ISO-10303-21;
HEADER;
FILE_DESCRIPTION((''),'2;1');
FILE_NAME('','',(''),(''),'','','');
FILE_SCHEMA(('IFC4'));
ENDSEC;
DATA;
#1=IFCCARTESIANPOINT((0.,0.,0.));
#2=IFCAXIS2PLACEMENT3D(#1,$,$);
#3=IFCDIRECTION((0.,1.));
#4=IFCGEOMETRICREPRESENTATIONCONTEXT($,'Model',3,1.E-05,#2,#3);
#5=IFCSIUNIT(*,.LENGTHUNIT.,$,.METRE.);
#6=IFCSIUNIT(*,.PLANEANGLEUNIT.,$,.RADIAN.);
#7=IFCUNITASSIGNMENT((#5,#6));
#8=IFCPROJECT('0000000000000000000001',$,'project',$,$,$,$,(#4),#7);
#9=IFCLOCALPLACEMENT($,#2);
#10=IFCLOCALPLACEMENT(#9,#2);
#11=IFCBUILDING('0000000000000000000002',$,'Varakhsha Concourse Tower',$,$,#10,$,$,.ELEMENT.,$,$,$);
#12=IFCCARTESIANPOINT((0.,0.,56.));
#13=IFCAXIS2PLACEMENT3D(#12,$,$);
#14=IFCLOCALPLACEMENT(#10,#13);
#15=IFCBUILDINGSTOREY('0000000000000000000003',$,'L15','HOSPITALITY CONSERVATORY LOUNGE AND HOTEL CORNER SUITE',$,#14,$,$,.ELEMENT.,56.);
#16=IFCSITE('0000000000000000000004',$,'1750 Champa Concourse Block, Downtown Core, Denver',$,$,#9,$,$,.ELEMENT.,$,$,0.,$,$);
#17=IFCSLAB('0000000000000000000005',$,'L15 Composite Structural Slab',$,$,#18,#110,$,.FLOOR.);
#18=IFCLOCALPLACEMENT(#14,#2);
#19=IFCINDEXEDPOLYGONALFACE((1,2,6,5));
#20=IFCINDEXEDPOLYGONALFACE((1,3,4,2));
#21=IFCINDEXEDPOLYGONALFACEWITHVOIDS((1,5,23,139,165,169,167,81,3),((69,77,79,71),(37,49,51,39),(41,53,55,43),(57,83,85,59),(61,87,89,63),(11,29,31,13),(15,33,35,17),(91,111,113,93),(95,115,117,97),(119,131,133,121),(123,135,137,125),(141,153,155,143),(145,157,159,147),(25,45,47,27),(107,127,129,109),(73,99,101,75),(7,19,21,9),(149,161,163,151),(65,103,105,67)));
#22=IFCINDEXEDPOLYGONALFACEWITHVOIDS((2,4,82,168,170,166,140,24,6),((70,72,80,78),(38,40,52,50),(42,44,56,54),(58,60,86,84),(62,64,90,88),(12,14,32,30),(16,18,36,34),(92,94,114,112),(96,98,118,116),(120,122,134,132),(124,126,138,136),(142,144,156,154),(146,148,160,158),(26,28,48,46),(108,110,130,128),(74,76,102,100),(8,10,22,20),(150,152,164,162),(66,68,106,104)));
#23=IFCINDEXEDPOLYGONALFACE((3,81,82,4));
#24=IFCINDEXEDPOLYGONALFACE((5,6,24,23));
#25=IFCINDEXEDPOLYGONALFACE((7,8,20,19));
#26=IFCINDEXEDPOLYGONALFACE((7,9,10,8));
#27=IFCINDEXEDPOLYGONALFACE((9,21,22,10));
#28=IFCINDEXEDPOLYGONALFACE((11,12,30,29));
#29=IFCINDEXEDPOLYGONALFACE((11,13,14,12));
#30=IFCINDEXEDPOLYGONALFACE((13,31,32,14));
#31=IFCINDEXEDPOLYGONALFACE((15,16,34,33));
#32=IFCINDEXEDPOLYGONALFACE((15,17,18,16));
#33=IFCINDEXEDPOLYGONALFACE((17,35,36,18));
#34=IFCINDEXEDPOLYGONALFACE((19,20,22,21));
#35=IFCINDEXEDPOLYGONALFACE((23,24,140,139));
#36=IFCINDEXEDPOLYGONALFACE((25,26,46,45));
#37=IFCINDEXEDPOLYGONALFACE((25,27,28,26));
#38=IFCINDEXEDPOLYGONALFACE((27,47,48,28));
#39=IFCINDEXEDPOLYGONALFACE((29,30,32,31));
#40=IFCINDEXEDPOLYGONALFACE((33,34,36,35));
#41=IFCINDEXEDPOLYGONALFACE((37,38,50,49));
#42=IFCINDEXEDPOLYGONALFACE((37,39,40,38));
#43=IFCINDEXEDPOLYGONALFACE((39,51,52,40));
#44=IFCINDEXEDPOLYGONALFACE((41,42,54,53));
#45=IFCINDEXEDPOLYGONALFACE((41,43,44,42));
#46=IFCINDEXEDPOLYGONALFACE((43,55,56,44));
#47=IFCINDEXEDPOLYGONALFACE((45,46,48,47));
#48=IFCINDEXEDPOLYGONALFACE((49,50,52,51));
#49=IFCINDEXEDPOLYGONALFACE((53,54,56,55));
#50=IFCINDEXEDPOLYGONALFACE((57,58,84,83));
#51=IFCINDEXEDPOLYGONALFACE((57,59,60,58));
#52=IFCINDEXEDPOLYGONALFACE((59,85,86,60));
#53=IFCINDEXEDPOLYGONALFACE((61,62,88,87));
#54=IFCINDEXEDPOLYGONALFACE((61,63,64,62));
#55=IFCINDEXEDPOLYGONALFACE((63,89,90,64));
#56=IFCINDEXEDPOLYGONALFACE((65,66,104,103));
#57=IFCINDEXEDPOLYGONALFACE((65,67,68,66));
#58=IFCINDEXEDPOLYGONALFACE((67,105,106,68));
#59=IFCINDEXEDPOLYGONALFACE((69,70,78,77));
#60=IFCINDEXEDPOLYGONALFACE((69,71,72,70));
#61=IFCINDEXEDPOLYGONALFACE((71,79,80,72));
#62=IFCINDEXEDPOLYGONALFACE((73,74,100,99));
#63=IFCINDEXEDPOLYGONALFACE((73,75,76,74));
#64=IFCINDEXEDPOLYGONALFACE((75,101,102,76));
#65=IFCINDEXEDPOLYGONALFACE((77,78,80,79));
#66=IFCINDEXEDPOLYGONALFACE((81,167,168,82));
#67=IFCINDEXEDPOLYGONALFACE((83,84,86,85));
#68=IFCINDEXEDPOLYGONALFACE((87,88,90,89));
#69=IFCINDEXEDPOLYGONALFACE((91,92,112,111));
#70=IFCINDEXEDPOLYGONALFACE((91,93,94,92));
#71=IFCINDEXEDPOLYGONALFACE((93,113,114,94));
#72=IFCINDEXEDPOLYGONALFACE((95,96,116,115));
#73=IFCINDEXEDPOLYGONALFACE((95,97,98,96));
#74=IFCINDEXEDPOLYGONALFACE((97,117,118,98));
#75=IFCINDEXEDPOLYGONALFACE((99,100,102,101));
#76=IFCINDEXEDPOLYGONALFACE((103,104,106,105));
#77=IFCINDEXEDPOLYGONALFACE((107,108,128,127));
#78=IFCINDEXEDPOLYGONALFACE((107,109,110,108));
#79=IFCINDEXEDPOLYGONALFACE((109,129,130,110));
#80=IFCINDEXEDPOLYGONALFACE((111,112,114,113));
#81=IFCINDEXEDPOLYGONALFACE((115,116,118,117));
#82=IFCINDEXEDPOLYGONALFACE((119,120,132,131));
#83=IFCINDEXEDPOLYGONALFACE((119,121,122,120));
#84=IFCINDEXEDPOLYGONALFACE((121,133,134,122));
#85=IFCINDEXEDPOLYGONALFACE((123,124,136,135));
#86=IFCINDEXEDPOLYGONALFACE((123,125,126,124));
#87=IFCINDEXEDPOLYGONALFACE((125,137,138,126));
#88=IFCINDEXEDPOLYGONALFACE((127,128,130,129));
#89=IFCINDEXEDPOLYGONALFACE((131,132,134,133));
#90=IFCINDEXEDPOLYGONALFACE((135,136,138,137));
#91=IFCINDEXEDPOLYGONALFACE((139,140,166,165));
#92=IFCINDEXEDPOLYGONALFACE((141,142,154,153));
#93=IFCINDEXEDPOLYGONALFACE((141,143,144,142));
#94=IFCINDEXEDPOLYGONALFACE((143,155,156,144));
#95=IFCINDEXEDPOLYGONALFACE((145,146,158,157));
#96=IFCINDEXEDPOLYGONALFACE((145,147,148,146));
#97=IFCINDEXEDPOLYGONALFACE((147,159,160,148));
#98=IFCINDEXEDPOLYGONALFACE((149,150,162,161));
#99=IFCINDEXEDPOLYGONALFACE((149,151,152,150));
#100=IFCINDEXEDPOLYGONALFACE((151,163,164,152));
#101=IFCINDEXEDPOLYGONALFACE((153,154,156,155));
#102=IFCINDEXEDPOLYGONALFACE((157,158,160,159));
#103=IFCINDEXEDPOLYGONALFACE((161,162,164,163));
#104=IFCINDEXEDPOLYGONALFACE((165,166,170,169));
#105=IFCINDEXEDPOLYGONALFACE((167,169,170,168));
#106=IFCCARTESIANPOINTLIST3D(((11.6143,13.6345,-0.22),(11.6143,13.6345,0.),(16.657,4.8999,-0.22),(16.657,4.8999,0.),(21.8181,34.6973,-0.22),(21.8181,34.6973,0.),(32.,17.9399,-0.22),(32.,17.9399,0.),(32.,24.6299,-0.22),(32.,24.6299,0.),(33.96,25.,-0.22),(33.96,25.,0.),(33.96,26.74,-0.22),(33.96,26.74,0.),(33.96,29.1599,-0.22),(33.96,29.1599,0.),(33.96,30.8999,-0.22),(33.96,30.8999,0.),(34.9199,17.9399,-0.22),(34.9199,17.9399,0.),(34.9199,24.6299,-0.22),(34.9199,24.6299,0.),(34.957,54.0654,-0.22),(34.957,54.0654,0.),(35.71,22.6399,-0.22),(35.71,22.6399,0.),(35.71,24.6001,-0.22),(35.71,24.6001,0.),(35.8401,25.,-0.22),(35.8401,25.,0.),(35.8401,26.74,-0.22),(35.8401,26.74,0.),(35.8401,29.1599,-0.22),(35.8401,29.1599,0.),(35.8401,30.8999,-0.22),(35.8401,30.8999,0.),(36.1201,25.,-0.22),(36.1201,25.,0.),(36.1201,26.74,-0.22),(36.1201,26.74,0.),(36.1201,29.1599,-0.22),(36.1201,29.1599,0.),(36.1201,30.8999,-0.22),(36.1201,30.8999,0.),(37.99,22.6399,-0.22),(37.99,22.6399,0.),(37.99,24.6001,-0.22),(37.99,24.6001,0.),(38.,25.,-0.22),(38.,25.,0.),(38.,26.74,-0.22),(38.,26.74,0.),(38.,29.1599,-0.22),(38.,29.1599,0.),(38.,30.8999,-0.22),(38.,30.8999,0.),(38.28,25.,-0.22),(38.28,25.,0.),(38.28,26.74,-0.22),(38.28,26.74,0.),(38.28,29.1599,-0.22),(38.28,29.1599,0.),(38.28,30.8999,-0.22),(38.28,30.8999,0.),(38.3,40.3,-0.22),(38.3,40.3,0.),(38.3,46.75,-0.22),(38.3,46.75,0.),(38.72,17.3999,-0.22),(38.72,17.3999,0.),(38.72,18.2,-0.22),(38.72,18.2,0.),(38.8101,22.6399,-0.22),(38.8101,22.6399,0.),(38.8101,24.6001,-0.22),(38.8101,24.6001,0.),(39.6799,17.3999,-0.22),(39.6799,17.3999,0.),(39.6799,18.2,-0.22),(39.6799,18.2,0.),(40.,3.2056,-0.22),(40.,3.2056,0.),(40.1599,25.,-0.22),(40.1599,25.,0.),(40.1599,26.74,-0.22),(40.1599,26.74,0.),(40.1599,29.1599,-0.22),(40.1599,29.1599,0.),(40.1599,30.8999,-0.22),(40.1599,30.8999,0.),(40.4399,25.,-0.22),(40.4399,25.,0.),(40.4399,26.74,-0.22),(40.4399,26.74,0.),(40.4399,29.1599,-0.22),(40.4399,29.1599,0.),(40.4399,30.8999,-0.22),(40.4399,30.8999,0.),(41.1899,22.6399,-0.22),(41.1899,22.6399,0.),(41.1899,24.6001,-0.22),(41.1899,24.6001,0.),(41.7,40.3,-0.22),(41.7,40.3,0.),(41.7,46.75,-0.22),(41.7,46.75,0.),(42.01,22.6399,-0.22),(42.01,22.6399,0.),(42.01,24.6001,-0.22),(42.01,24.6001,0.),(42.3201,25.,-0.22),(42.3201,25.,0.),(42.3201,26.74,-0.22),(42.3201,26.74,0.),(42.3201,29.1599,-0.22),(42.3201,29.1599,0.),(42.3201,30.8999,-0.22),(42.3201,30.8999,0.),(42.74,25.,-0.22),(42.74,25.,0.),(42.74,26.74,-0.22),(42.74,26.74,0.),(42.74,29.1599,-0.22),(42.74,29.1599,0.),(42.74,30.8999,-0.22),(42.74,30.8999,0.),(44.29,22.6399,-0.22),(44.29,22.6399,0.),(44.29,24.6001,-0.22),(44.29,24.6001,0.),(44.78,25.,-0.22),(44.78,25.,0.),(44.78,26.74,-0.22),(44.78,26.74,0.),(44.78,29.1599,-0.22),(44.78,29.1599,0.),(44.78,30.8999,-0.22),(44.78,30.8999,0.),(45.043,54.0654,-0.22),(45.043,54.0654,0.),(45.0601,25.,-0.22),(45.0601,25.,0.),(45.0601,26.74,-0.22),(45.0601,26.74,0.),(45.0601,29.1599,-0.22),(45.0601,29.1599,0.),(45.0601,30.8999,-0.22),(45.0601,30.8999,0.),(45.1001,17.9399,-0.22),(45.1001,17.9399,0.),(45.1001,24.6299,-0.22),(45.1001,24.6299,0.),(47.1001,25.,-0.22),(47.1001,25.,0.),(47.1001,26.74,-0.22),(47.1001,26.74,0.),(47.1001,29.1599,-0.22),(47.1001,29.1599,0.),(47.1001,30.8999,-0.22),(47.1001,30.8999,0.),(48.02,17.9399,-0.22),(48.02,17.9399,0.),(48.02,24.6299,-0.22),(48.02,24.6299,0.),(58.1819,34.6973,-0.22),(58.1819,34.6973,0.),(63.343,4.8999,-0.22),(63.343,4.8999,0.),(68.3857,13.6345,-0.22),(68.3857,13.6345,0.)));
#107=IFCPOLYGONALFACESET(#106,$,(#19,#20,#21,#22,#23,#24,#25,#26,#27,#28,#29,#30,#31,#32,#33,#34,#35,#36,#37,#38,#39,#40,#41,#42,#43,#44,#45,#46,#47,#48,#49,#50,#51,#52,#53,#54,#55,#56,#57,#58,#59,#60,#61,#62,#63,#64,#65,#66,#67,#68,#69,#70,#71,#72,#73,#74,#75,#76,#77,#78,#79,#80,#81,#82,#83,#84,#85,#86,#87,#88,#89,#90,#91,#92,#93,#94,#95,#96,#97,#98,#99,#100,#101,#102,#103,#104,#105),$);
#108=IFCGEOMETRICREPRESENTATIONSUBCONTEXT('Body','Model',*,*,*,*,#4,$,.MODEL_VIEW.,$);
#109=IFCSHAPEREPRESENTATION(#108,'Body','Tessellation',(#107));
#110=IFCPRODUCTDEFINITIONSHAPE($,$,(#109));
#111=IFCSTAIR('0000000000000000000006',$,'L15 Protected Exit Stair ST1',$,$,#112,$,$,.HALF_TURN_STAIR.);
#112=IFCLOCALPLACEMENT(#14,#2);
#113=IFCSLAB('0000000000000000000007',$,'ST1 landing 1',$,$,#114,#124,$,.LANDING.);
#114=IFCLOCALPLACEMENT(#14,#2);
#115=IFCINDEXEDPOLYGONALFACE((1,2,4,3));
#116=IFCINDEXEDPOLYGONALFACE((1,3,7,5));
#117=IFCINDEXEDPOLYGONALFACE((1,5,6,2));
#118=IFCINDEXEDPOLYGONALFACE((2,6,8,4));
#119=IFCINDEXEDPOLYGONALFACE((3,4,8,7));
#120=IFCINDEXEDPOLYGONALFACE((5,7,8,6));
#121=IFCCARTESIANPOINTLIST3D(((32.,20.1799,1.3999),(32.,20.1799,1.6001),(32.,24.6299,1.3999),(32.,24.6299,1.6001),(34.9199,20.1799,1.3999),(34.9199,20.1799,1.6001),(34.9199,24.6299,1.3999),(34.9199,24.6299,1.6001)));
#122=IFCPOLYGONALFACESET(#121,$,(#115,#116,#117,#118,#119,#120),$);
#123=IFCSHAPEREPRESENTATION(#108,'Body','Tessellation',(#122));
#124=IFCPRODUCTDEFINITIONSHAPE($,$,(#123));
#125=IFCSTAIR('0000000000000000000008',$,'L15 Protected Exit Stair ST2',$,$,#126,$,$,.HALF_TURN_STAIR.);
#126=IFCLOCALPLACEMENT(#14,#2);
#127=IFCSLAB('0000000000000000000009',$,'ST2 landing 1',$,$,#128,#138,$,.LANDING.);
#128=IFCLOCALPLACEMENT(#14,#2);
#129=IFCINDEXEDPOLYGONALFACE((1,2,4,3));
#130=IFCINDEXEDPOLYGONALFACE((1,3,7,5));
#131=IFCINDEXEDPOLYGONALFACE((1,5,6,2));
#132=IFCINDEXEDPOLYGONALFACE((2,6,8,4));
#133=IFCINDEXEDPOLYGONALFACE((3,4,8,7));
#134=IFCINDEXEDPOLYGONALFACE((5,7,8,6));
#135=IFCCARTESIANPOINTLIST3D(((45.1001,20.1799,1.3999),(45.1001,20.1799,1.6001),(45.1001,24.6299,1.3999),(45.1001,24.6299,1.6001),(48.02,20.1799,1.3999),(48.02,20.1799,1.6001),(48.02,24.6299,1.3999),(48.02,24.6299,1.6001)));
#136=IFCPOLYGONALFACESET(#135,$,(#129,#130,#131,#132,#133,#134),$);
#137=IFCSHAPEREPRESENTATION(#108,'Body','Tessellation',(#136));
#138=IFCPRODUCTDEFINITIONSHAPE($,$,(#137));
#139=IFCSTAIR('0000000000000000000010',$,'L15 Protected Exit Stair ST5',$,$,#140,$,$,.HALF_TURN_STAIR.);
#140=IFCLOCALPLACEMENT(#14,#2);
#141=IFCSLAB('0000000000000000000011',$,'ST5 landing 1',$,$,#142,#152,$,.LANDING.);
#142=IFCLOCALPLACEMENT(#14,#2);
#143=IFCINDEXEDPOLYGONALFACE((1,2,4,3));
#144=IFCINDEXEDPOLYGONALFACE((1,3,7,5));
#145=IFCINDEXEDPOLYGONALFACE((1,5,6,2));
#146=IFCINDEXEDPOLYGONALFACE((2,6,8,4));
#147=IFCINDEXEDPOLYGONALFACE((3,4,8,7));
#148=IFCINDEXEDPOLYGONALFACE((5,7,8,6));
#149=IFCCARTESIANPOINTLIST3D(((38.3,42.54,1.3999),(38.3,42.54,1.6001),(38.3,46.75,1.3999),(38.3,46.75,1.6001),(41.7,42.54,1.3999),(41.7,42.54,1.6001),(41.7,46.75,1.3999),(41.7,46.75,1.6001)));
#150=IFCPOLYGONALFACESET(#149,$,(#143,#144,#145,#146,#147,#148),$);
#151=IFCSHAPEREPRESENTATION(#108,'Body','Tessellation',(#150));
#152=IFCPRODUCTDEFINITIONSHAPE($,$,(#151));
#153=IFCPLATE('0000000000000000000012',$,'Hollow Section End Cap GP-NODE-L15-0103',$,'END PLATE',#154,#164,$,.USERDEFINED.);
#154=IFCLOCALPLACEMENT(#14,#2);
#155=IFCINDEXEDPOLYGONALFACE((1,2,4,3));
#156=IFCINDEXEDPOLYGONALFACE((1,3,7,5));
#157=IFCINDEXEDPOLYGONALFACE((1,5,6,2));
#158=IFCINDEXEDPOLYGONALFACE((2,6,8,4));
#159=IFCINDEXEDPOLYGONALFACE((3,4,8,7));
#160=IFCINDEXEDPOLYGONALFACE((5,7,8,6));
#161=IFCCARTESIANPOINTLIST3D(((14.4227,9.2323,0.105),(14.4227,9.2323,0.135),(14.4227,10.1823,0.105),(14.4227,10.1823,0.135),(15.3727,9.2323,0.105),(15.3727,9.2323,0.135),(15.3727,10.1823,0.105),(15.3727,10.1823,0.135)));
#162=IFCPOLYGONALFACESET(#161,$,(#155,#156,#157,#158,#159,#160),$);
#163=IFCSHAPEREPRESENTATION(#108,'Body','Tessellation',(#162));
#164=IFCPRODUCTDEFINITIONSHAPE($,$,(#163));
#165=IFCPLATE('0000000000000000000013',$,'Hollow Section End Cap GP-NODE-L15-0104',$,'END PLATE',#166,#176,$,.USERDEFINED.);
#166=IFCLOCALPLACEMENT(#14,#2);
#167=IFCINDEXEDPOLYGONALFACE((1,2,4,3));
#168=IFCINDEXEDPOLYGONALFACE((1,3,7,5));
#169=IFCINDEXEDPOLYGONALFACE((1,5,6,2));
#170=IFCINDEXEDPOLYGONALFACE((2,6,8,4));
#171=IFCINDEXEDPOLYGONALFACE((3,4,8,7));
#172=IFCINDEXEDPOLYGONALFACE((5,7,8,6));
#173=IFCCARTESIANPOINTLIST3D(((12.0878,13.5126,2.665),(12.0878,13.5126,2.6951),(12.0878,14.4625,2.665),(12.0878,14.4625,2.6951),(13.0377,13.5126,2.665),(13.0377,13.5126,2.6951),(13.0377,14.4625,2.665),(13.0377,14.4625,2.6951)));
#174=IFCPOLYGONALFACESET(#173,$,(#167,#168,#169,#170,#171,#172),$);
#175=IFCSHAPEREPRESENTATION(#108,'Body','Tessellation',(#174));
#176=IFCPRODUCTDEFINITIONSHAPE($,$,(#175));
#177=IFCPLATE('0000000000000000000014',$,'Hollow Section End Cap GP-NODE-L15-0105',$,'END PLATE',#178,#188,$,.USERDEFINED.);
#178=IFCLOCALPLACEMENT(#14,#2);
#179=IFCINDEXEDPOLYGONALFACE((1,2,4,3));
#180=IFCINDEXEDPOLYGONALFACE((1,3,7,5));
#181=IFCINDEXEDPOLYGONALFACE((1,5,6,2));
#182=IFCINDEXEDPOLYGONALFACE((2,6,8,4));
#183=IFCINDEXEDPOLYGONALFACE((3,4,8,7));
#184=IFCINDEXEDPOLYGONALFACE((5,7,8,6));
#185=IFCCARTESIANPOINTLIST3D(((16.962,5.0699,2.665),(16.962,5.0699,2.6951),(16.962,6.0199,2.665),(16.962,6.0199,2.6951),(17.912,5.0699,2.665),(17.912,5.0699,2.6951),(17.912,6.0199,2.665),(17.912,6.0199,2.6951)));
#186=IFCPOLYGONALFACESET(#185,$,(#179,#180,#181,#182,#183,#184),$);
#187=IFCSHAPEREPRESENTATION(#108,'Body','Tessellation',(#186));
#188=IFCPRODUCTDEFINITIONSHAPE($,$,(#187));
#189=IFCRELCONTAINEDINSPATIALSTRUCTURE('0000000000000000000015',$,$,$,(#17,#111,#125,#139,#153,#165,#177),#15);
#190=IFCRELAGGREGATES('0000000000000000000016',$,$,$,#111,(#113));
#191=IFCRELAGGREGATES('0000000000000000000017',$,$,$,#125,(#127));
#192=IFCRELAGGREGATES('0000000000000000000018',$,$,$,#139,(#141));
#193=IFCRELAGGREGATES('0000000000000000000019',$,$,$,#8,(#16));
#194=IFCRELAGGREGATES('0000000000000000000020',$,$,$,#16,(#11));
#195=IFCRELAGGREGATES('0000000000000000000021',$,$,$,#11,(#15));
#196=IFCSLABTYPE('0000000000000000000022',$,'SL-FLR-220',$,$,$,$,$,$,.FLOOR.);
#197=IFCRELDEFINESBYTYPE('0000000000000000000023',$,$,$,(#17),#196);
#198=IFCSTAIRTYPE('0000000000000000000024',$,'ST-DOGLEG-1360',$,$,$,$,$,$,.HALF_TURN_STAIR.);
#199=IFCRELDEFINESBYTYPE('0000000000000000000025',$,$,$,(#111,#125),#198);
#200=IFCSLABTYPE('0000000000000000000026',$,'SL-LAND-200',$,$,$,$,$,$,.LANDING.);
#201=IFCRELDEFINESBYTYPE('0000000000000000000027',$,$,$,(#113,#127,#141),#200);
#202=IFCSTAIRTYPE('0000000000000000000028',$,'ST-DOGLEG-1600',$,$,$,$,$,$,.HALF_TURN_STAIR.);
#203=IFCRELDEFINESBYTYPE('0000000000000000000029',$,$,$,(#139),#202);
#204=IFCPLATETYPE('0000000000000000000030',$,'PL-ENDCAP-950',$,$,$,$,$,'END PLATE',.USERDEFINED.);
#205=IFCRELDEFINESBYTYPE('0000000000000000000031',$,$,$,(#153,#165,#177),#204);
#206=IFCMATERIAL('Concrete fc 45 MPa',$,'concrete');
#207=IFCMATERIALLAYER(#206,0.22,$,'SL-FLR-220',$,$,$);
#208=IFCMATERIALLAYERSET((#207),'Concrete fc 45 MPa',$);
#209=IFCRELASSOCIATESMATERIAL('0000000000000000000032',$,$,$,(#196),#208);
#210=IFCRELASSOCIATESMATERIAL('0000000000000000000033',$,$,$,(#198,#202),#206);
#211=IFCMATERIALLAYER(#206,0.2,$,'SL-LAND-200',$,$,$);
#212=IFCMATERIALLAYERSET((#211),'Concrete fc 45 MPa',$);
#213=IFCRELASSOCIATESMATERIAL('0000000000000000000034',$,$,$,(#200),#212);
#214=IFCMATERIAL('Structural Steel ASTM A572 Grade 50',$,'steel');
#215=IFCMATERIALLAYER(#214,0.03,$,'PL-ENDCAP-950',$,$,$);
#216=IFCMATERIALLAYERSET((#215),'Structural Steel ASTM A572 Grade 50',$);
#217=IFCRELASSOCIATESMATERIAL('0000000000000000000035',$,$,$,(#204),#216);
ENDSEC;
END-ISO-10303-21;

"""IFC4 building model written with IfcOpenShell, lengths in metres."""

from ifc_helpers import new_model, si_unit, direction, frame, origin, origin_2d, place, context, subcontext, project, spatial, polyline, rectangle, outline, extrude, source, transform, mapped, material, layer, layer_set, type_object, type_shapes, element, aggregate, save


model = new_model("IFC4")

# Units and contexts
model_context = context("Model", 3, precision=1e-05, world=origin(), true_north=direction((0.0, 1.0)))
body_context = subcontext(model_context, "Body", "Model", "MODEL_VIEW")
ifc_project = project(units=[si_unit("LENGTHUNIT", "METRE"), si_unit("PLANEANGLEUNIT", "RADIAN")], contexts=[model_context])

# Site, building, storey
site_placement = place(None, origin())
site = spatial("IfcSite", under=ifc_project, at=site_placement, Name="1750 Champa Concourse Block, Downtown Core, Denver", CompositionType="ELEMENT", RefElevation=0.0)
building_placement = place(site_placement, origin())
building = spatial("IfcBuilding", under=site, at=building_placement, Name="Varakhsha Concourse Tower", CompositionType="ELEMENT")
storey_placement = place(building_placement, frame((0.0, 0.0, 56.0)))
storey = spatial("IfcBuildingStorey", under=building, at=storey_placement, Name="L15", Description="HOSPITALITY CONSERVATORY LOUNGE AND HOTEL CORNER SUITE", CompositionType="ELEMENT", Elevation=56.0)

# Shared definitions
ifc_material_1 = material(Name="Structural Steel ASTM A572 Grade 50", Category="steel")

# Slab
ifc_material_2 = material(Name="Concrete fc 45 MPa", Category="concrete")
ifc_layer_1 = layer(ifc_material_2, 0.22, Name="SL-FLR-220")
ifc_layer_set_1 = layer_set([ifc_layer_1], Name="Concrete fc 45 MPa")
slab_type_1 = type_object("IfcSlabType", Name="SL-FLR-220", PredefinedType="FLOOR", material=ifc_layer_set_1)
slab_1_placement = place(storey_placement, frame((0.0, 0.0, -0.22)))
element("IfcSlab", 1, at=slab_1_placement, inside=storey, type_object=slab_type_1, Name="L15 Composite Structural Slab", PredefinedType="FLOOR", context=body_context, shape_type="SweptSolid", body=[
    extrude(outline(polyline([(45.043, 54.0654), (34.957, 54.0654), (21.8181, 34.6973), (11.6143, 13.6345), (16.657, 4.8999), (40.0, 3.2056), (63.343, 4.8999), (68.3857, 13.6345), (58.1819, 34.6973), (45.043, 54.0654)]), holes=[polyline([(34.9199, 17.9399), (34.9199, 24.6299), (32.0, 24.6299), (32.0, 17.9399), (34.9199, 17.9399)]), polyline([(48.02, 17.9399), (48.02, 24.6299), (45.1001, 24.6299), (45.1001, 17.9399), (48.02, 17.9399)]), polyline([(41.7, 40.3), (41.7, 46.75), (38.3, 46.75), (38.3, 40.3), (41.7, 40.3)]), polyline([(33.96, 29.1599), (35.8401, 29.1599), (35.8401, 30.8999), (33.96, 30.8999), (33.96, 29.1599)]), polyline([(36.1201, 29.1599), (38.0, 29.1599), (38.0, 30.8999), (36.1201, 30.8999), (36.1201, 29.1599)]), polyline([(38.28, 29.1599), (40.1599, 29.1599), (40.1599, 30.8999), (38.28, 30.8999), (38.28, 29.1599)]), polyline([(40.4399, 29.1599), (42.3201, 29.1599), (42.3201, 30.8999), (40.4399, 30.8999), (40.4399, 29.1599)]), polyline([(33.96, 25.0), (35.8401, 25.0), (35.8401, 26.74), (33.96, 26.74), (33.96, 25.0)]), polyline([(36.1201, 25.0), (38.0, 25.0), (38.0, 26.74), (36.1201, 26.74), (36.1201, 25.0)]), polyline([(38.28, 25.0), (40.1599, 25.0), (40.1599, 26.74), (38.28, 26.74), (38.28, 25.0)]), polyline([(40.4399, 25.0), (42.3201, 25.0), (42.3201, 26.74), (40.4399, 26.74), (40.4399, 25.0)]), polyline([(42.74, 29.1599), (44.78, 29.1599), (44.78, 30.8999), (42.74, 30.8999), (42.74, 29.1599)]), polyline([(45.0601, 29.1599), (47.1001, 29.1599), (47.1001, 30.8999), (45.0601, 30.8999), (45.0601, 29.1599)]), polyline([(42.74, 25.0), (44.78, 25.0), (44.78, 26.74), (42.74, 26.74), (42.74, 25.0)]), polyline([(45.0601, 25.0), (47.1001, 25.0), (47.1001, 26.74), (45.0601, 26.74), (45.0601, 25.0)]), polyline([(35.71, 22.6399), (37.99, 22.6399), (37.99, 24.6001), (35.71, 24.6001), (35.71, 22.6399)]), polyline([(42.01, 22.6399), (44.29, 22.6399), (44.29, 24.6001), (42.01, 24.6001), (42.01, 22.6399)]), polyline([(38.8101, 22.6399), (41.1899, 22.6399), (41.1899, 24.6001), (38.8101, 24.6001), (38.8101, 22.6399)]), polyline([(38.72, 17.3999), (39.6799, 17.3999), (39.6799, 18.2), (38.72, 18.2), (38.72, 17.3999)])]), origin(), (0.0, 0.0, 1.0), 0.22),
])

# Stairs, slabs
stair_type_1 = type_object("IfcStairType", Name="ST-DOGLEG-1360", PredefinedType="HALF_TURN_STAIR", material=ifc_material_2)
stair_1_placement = place(storey_placement, origin())
stair_1 = element("IfcStair", 2, at=stair_1_placement, inside=storey, type_object=stair_type_1, Name="L15 Protected Exit Stair ST1", PredefinedType="HALF_TURN_STAIR")
ifc_layer_2 = layer(ifc_material_2, 0.2, Name="SL-LAND-200")
ifc_layer_set_2 = layer_set([ifc_layer_2], Name="Concrete fc 45 MPa")
slab_type_2 = type_object("IfcSlabType", Name="SL-LAND-200", PredefinedType="LANDING", material=ifc_layer_set_2)
slab_2_placement = place(storey_placement, frame((0.0, 0.0, 1.3999)))
slab_2 = element("IfcSlab", 3, at=slab_2_placement, type_object=slab_type_2, Name="ST1 landing 1", PredefinedType="LANDING", context=body_context, shape_type="SweptSolid", body=[
    extrude(outline(polyline([(34.9199, 20.1799), (34.9199, 24.6299), (32.0, 24.6299), (32.0, 20.1799), (34.9199, 20.1799)])), origin(), (0.0, 0.0, 1.0), 0.2002),
])
aggregate(stair_1, [slab_2])
stair_2_placement = place(storey_placement, origin())
stair_2 = element("IfcStair", 4, at=stair_2_placement, inside=storey, type_object=stair_type_1, Name="L15 Protected Exit Stair ST2", PredefinedType="HALF_TURN_STAIR")
slab_3_placement = place(storey_placement, frame((0.0, 0.0, 1.3999)))
slab_3 = element("IfcSlab", 5, at=slab_3_placement, type_object=slab_type_2, Name="ST2 landing 1", PredefinedType="LANDING", context=body_context, shape_type="SweptSolid", body=[
    extrude(outline(polyline([(48.02, 20.1799), (48.02, 24.6299), (45.1001, 24.6299), (45.1001, 20.1799), (48.02, 20.1799)])), origin(), (0.0, 0.0, 1.0), 0.2002),
])
aggregate(stair_2, [slab_3])
stair_type_2 = type_object("IfcStairType", Name="ST-DOGLEG-1600", PredefinedType="HALF_TURN_STAIR", material=ifc_material_2)
stair_3_placement = place(storey_placement, origin())
stair_3 = element("IfcStair", 6, at=stair_3_placement, inside=storey, type_object=stair_type_2, Name="L15 Protected Exit Stair ST5", PredefinedType="HALF_TURN_STAIR")
slab_4_placement = place(storey_placement, frame((0.0, 0.0, 1.3999)))
slab_4 = element("IfcSlab", 7, at=slab_4_placement, type_object=slab_type_2, Name="ST5 landing 1", PredefinedType="LANDING", context=body_context, shape_type="SweptSolid", body=[
    extrude(outline(polyline([(41.7, 42.54), (41.7, 46.75), (38.3, 46.75), (38.3, 42.54), (41.7, 42.54)])), origin(), (0.0, 0.0, 1.0), 0.2002),
])
aggregate(stair_3, [slab_4])

# Plates
ifc_layer_3 = layer(ifc_material_1, 0.03, Name="PL-ENDCAP-950")
ifc_layer_set_3 = layer_set([ifc_layer_3], Name="Structural Steel ASTM A572 Grade 50")
plate_type_1 = type_object("IfcPlateType", Name="PL-ENDCAP-950", ElementType="END PLATE", PredefinedType="USERDEFINED", material=ifc_layer_set_3)
shared_shape_1 = source(origin(), body_context, "Body", "SweptSolid", [
    extrude(rectangle(XDim=0.95, YDim=0.95, at=origin_2d()), origin(), (0.0, 0.0, 1.0), 0.03),
])
type_shapes(plate_type_1, [shared_shape_1])
for number, where, z_axis, x_axis, name in (
    (8, (14.8977, 9.7073, 0.105), (0.0, 0.0, 1.0), (1.0, 0.0, 0.0), "Hollow Section End Cap GP-NODE-L15-0103"),
    (9, (12.5627, 13.9875, 2.665), (0.0, 0.0, 1.0), (1.0, 0.0, 0.0), "Hollow Section End Cap GP-NODE-L15-0104"),
    (10, (17.437, 5.5449, 2.665), (0.0, 0.0, 1.0), (1.0, 0.0, 0.0), "Hollow Section End Cap GP-NODE-L15-0105"),
):
    element("IfcPlate", number, at=place(storey_placement, frame(where, z_axis=z_axis, x_axis=x_axis)), inside=storey, type_object=plate_type_1, Name=name, ObjectType="END PLATE", PredefinedType="USERDEFINED", context=body_context, shape_type="MappedRepresentation", body=[
        mapped(shared_shape_1, transform((0.0, 0.0, 0.0), scale=1.0)),
    ])

save(model, "model.ifc")
